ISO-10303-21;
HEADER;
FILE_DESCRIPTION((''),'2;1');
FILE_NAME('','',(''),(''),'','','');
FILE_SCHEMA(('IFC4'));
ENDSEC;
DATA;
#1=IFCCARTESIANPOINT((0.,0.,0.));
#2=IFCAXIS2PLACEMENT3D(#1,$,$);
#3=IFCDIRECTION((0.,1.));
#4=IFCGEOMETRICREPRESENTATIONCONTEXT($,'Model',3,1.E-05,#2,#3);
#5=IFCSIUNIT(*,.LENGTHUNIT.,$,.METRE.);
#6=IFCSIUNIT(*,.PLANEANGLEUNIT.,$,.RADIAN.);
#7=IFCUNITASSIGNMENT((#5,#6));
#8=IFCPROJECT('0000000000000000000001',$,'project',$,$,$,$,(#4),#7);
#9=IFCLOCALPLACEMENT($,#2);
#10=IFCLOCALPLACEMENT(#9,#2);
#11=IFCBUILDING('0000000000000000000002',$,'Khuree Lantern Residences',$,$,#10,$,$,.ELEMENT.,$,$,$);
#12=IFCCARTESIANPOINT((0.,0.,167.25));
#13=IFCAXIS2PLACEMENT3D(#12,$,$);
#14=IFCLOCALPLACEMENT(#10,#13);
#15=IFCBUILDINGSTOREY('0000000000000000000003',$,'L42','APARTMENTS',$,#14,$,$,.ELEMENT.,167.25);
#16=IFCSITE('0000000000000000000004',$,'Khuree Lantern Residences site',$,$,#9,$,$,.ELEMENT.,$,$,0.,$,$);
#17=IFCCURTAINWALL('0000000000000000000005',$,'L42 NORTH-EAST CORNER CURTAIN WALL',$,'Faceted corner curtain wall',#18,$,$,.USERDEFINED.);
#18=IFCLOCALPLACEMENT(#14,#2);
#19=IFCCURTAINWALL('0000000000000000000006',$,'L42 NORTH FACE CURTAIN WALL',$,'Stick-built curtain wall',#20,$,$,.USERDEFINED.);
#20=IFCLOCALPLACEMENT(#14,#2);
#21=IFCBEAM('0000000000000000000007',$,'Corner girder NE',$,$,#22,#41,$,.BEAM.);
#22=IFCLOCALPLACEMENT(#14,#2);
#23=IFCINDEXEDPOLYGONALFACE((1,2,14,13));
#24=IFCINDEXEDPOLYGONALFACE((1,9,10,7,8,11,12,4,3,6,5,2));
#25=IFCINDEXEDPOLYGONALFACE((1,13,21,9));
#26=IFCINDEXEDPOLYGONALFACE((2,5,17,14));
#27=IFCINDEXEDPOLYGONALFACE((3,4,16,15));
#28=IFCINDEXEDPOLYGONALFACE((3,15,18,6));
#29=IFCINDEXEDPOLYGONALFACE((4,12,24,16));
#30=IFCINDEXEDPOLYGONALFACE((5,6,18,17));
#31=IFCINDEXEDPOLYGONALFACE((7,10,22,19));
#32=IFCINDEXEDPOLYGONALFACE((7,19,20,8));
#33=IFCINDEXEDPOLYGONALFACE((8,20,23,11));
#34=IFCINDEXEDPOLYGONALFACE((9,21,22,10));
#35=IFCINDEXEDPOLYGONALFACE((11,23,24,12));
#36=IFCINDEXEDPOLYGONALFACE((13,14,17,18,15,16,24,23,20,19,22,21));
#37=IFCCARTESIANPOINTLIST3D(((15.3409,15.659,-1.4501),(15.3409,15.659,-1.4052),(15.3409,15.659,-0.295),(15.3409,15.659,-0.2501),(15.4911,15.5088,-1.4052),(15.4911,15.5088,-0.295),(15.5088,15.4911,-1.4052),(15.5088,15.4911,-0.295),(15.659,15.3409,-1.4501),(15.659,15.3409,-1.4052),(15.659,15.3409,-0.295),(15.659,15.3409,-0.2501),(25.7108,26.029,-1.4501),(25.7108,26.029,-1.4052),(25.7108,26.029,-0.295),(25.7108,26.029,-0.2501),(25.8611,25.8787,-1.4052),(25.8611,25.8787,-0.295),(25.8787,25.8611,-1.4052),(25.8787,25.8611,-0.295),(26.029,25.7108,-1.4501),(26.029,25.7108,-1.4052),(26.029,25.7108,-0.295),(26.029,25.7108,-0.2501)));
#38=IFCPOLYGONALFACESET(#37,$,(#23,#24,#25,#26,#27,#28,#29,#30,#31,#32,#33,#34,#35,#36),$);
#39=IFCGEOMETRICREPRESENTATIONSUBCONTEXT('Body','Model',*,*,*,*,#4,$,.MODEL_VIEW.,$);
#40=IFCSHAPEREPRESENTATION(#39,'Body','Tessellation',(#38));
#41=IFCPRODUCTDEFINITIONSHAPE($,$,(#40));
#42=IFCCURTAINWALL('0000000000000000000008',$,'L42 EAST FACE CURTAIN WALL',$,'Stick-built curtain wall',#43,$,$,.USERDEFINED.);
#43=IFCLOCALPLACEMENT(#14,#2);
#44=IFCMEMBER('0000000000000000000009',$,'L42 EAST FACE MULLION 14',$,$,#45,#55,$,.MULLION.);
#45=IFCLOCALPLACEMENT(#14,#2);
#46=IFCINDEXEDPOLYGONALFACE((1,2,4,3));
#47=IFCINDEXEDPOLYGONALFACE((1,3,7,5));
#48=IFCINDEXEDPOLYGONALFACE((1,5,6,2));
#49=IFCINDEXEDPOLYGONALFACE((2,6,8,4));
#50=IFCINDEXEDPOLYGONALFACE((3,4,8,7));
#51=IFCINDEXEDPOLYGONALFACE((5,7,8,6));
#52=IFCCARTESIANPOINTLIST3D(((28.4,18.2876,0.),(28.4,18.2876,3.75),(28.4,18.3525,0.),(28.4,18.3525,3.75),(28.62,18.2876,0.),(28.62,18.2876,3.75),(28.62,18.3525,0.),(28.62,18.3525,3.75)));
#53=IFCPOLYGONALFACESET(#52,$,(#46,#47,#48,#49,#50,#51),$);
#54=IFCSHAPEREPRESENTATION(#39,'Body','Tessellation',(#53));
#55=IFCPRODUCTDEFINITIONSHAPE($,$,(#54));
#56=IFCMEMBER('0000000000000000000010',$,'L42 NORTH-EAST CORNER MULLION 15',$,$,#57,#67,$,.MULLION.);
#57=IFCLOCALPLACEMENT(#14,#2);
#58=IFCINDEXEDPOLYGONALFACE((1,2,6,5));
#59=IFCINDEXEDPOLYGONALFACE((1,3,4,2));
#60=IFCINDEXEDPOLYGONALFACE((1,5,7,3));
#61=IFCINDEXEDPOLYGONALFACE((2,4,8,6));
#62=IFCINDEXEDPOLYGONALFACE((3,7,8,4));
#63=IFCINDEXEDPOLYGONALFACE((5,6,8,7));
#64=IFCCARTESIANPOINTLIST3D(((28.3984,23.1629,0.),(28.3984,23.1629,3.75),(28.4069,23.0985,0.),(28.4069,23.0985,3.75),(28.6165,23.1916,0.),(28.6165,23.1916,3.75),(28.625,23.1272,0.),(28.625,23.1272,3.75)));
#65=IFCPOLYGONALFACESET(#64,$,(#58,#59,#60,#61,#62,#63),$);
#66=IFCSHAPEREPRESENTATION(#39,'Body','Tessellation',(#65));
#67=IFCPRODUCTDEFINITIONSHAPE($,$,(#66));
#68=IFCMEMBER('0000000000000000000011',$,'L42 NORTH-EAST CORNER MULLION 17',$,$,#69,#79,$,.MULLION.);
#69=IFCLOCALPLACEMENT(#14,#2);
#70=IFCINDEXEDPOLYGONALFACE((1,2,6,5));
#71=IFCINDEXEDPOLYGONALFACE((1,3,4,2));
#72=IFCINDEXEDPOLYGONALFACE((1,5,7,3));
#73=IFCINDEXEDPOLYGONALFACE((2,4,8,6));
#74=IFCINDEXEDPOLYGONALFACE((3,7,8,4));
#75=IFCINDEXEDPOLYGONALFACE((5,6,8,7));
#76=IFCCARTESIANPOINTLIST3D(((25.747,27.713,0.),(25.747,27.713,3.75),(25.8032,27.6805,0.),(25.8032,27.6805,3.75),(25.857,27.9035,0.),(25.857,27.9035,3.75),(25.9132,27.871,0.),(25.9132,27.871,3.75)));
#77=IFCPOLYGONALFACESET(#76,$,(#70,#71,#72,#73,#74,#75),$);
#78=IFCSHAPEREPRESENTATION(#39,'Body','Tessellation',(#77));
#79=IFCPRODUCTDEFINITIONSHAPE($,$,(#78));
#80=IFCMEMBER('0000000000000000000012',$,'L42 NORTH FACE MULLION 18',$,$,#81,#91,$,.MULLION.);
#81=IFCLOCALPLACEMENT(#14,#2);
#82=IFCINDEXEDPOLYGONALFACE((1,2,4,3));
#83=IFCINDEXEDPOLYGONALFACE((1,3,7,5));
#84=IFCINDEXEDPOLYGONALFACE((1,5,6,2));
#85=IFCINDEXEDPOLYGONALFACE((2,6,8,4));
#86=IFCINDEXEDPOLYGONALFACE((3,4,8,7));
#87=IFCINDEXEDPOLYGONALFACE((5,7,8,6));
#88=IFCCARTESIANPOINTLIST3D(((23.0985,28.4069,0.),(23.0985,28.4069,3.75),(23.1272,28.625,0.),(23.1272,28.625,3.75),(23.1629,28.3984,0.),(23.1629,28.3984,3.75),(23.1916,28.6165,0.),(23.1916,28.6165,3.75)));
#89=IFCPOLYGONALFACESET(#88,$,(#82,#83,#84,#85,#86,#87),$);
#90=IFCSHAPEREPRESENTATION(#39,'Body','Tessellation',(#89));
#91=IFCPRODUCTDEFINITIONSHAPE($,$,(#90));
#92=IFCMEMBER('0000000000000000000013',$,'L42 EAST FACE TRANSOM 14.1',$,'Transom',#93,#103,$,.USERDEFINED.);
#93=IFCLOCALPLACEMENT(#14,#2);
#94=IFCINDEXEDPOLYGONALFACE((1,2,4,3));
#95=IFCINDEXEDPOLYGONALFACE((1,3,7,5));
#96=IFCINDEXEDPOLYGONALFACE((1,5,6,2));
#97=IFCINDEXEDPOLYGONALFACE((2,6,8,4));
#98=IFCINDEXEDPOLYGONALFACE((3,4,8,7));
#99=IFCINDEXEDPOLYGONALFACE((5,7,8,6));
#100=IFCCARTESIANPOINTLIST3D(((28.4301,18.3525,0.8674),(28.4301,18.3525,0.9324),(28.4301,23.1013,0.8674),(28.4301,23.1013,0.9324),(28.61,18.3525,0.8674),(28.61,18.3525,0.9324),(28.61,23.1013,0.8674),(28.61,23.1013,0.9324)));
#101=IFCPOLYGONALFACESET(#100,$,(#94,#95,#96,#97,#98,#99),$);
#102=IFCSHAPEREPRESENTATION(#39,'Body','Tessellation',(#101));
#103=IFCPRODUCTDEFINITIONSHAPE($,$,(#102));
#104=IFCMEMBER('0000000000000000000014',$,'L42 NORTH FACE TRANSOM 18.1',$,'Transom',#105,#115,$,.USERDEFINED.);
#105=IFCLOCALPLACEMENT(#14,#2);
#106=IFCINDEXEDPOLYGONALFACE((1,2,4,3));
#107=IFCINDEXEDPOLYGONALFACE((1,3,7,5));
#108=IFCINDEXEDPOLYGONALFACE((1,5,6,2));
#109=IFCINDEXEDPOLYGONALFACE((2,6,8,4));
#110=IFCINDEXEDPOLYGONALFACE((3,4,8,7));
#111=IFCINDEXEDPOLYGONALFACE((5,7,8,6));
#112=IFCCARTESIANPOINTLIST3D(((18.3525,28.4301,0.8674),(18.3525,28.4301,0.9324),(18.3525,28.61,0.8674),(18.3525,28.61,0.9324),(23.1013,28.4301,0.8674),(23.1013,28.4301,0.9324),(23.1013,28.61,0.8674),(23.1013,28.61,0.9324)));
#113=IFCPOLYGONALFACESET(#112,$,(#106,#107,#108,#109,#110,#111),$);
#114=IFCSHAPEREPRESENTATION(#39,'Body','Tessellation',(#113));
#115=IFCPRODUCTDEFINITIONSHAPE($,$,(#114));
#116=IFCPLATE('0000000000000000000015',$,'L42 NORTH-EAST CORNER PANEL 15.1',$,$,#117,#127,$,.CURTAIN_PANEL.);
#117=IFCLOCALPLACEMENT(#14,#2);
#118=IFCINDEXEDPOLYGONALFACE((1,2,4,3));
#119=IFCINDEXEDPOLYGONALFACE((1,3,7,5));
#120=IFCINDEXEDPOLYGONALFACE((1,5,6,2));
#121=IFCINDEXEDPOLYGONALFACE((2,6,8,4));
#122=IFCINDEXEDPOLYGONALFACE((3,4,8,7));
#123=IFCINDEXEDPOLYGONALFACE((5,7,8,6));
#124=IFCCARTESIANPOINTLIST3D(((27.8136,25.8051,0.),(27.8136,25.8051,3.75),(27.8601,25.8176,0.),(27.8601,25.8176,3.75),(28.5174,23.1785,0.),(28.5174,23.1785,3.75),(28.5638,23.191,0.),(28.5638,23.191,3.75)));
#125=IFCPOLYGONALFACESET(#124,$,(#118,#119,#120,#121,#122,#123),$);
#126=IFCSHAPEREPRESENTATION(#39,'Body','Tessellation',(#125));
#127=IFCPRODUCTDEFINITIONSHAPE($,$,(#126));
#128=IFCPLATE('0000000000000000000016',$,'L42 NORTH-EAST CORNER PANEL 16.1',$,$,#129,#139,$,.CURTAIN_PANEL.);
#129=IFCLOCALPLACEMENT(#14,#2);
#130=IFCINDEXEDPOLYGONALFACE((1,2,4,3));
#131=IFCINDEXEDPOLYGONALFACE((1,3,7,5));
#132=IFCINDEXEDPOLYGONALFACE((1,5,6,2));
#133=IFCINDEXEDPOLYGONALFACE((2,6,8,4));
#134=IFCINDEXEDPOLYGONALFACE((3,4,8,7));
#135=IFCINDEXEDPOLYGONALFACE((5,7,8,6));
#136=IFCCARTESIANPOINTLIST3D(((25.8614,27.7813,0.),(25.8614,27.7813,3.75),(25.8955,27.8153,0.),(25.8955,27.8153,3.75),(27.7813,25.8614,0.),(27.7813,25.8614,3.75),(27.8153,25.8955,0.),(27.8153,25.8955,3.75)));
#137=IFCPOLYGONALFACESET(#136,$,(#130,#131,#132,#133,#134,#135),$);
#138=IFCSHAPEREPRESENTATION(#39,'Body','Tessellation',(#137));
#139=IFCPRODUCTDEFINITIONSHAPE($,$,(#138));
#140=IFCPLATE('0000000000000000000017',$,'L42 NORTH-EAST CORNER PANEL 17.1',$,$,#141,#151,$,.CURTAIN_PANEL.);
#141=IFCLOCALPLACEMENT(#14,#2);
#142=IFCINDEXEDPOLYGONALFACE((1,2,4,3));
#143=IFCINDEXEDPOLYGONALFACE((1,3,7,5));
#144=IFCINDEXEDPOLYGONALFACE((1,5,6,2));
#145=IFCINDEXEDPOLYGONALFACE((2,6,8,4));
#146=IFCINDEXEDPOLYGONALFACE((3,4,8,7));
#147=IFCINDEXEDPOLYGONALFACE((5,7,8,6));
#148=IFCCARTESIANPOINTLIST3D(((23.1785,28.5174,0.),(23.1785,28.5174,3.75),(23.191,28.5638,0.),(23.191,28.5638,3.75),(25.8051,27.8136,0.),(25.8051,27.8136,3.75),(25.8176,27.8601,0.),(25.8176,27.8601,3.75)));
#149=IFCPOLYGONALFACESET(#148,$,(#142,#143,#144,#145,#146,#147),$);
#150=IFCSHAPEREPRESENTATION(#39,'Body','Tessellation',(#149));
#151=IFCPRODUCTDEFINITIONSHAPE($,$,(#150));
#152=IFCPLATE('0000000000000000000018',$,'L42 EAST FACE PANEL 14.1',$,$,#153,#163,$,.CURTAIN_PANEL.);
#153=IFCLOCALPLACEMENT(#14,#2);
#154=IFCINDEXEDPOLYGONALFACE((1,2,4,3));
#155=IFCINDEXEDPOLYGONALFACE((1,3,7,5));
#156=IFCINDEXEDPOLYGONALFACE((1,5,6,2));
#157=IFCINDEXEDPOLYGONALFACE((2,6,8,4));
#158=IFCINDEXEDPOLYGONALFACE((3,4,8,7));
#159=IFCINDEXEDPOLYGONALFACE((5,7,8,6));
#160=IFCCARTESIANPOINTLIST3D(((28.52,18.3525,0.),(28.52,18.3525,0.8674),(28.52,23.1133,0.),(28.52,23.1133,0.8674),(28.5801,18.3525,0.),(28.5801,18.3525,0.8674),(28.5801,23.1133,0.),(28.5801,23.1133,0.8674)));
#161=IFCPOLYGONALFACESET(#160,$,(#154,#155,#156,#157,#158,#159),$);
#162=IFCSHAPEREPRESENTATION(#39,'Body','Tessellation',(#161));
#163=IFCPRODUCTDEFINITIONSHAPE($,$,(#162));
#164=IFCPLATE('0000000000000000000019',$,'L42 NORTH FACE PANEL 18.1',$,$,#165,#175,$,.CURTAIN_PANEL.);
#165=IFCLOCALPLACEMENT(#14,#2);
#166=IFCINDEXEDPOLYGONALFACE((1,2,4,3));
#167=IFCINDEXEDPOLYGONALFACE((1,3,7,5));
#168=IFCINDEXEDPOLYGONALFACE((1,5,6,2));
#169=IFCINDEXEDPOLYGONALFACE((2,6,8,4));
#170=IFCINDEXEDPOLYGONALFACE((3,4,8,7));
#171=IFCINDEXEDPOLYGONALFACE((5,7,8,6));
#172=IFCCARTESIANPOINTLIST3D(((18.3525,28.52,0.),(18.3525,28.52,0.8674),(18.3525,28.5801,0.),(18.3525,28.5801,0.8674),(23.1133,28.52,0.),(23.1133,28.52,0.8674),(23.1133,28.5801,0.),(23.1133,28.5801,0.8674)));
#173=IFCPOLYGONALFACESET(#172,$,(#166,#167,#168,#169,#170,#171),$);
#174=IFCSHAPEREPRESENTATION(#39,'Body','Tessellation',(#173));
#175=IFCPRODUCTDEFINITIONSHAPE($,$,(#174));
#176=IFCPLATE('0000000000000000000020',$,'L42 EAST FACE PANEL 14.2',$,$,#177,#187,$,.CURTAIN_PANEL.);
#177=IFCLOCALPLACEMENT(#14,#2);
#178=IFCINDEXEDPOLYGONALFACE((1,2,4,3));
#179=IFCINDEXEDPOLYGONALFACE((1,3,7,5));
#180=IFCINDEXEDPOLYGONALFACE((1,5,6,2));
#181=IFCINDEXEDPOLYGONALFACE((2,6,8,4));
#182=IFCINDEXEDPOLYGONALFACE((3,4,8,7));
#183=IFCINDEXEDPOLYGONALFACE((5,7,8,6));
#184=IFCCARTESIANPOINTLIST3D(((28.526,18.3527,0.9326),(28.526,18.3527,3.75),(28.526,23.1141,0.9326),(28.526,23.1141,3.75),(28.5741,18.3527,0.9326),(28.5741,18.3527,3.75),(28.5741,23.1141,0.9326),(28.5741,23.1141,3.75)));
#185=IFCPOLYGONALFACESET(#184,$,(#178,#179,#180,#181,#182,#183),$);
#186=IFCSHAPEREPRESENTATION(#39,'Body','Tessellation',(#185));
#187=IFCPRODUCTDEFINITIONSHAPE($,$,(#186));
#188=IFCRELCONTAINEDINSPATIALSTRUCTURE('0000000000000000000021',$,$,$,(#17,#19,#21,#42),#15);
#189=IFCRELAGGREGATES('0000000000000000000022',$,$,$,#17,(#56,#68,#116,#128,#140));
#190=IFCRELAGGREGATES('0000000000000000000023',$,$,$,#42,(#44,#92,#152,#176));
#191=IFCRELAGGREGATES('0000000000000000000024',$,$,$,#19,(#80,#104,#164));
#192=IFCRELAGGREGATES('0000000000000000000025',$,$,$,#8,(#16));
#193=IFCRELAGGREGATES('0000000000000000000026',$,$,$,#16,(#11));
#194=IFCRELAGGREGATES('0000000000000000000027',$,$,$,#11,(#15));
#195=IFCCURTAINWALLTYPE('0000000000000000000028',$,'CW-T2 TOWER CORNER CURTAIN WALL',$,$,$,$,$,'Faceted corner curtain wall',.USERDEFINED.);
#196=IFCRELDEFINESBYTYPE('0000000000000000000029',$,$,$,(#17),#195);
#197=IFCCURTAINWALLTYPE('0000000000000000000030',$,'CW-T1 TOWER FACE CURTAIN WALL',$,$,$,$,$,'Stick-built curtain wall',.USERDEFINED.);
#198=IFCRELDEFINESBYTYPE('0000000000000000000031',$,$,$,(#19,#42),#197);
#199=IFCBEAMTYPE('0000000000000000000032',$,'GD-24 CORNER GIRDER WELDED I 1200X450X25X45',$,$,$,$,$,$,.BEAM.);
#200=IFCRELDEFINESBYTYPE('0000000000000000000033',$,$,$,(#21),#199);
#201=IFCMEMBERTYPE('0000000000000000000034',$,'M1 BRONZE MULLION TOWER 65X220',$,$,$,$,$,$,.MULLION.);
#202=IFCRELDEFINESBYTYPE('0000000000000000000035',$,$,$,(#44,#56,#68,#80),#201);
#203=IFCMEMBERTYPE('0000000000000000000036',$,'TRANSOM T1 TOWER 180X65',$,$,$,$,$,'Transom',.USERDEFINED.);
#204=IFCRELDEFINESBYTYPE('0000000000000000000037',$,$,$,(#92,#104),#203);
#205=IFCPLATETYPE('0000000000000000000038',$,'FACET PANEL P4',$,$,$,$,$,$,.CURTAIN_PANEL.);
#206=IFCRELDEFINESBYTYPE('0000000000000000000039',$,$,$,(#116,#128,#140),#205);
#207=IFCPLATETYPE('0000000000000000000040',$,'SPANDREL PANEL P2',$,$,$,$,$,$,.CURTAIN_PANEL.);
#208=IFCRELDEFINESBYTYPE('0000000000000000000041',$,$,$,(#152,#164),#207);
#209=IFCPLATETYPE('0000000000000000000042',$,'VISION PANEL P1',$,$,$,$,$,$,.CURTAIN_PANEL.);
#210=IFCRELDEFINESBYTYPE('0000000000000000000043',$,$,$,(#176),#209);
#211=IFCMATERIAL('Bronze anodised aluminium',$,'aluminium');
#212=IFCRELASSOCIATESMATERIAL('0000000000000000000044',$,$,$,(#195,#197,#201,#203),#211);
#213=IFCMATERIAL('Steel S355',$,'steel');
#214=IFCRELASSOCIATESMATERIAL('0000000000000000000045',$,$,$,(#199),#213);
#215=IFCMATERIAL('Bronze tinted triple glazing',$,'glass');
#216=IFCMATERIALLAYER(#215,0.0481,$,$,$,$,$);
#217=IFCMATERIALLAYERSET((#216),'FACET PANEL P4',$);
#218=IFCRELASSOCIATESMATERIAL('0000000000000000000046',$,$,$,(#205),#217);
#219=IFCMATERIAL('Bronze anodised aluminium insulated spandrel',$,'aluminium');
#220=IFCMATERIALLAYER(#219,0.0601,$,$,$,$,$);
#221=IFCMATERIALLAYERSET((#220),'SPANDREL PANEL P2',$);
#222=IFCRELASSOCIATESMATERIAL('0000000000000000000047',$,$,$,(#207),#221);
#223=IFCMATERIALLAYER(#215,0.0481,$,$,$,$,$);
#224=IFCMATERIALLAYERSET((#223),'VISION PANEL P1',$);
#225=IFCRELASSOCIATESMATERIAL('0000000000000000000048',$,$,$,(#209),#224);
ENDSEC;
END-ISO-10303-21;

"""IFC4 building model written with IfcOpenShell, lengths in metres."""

from ifc_helpers import new_model, si_unit, direction, frame, origin, origin_2d, place, context, subcontext, project, spatial, rectangle, i_section, extrude, material, layer, layer_set, material_profile, profile_set, type_object, element, aggregate, save


model = new_model("IFC4")

# Units and contexts
model_context = context("Model", 3, precision=1e-05, world=origin(), true_north=direction((0.0, 1.0)))
body_context = subcontext(model_context, "Body", "Model", "MODEL_VIEW")
ifc_project = project(units=[si_unit("LENGTHUNIT", "METRE"), si_unit("PLANEANGLEUNIT", "RADIAN")], contexts=[model_context])

# Site, building, storey
site_placement = place(None, origin())
site = spatial("IfcSite", under=ifc_project, at=site_placement, Name="Khuree Lantern Residences site", CompositionType="ELEMENT", RefElevation=0.0)
building_placement = place(site_placement, origin())
building = spatial("IfcBuilding", under=site, at=building_placement, Name="Khuree Lantern Residences", CompositionType="ELEMENT")
storey_placement = place(building_placement, frame((0.0, 0.0, 167.25)))
storey = spatial("IfcBuildingStorey", under=building, at=storey_placement, Name="L42", Description="APARTMENTS", CompositionType="ELEMENT", Elevation=167.25)

# Shared definitions
ifc_material_1 = material(Name="Steel S355", Category="steel")

# Curtain walls
ifc_material_2 = material(Name="Bronze anodised aluminium", Category="aluminium")
curtain_wall_type_1 = type_object("IfcCurtainWallType", Name="CW-T2 TOWER CORNER CURTAIN WALL", ElementType="Faceted corner curtain wall", PredefinedType="USERDEFINED", material=ifc_material_2)
curtain_wall_1_placement = place(storey_placement, origin())
curtain_wall_1 = element("IfcCurtainWall", 1, at=curtain_wall_1_placement, inside=storey, type_object=curtain_wall_type_1, Name="L42 NORTH-EAST CORNER CURTAIN WALL", ObjectType="Faceted corner curtain wall", PredefinedType="USERDEFINED")
curtain_wall_type_2 = type_object("IfcCurtainWallType", Name="CW-T1 TOWER FACE CURTAIN WALL", ElementType="Stick-built curtain wall", PredefinedType="USERDEFINED", material=ifc_material_2)
curtain_wall_2_placement = place(storey_placement, origin())
curtain_wall_2 = element("IfcCurtainWall", 2, at=curtain_wall_2_placement, inside=storey, type_object=curtain_wall_type_2, Name="L42 NORTH FACE CURTAIN WALL", ObjectType="Stick-built curtain wall", PredefinedType="USERDEFINED")

# Beam
ifc_material_profile_1 = material_profile(ifc_material_1, i_section(OverallWidth=0.45, OverallDepth=1.2, WebThickness=0.0249, FlangeThickness=0.0449, at=origin_2d()), Name="WELDED I 1200X450X25X45")
ifc_profile_set_1 = profile_set([ifc_material_profile_1], Name="Steel S355")
beam_type_1 = type_object("IfcBeamType", Name="GD-24 CORNER GIRDER WELDED I 1200X450X25X45", PredefinedType="BEAM", material=ifc_profile_set_1)
beam_1_placement = place(storey_placement, frame((25.8699, 25.8699, -0.8501), z_axis=(-0.707107, -0.707107, 0.0), x_axis=(0.707107, -0.707107, 0.0)))
element("IfcBeam", 3, at=beam_1_placement, inside=storey, type_object=beam_type_1, Name="Corner girder NE", PredefinedType="BEAM", context=body_context, shape_type="SweptSolid", body=[
    extrude(i_section(OverallWidth=0.45, OverallDepth=1.2, WebThickness=0.0249, FlangeThickness=0.0449, at=origin_2d()), origin(), (0.0, 0.0, 1.0), 14.6653),
])

# Curtain wall, member
curtain_wall_3_placement = place(storey_placement, origin())
curtain_wall_3 = element("IfcCurtainWall", 4, at=curtain_wall_3_placement, inside=storey, type_object=curtain_wall_type_2, Name="L42 EAST FACE CURTAIN WALL", ObjectType="Stick-built curtain wall", PredefinedType="USERDEFINED")
ifc_material_profile_2 = material_profile(ifc_material_2, rectangle(XDim=0.0649, YDim=0.22, at=origin_2d()), Name="M1 65X220")
ifc_profile_set_2 = profile_set([ifc_material_profile_2], Name="Bronze anodised aluminium")
member_type_1 = type_object("IfcMemberType", Name="M1 BRONZE MULLION TOWER 65X220", PredefinedType="MULLION", material=ifc_profile_set_2)
member_1_placement = place(storey_placement, frame((28.51, 18.3201, 0.0), z_axis=(0.0, 0.0, 1.0), x_axis=(0.0, 1.0, 0.0)))
member_1 = element("IfcMember", 5, at=member_1_placement, type_object=member_type_1, Name="L42 EAST FACE MULLION 14", PredefinedType="MULLION", context=body_context, shape_type="SweptSolid", body=[
    extrude(rectangle(XDim=0.0649, YDim=0.22, at=origin_2d()), origin(), (0.0, 0.0, 1.0), 3.75),
])

# Members
member_2_placement = place(storey_placement, frame((28.5117, 23.145, 0.0), z_axis=(0.0, 0.0, 1.0), x_axis=(-0.130526, 0.991445, 0.0)))
member_2 = element("IfcMember", 6, at=member_2_placement, type_object=member_type_1, Name="L42 NORTH-EAST CORNER MULLION 15", PredefinedType="MULLION", context=body_context, shape_type="SweptSolid", body=[
    extrude(rectangle(XDim=0.0649, YDim=0.22, at=origin_2d()), origin(), (0.0, 0.0, 1.0), 3.75),
])
member_3_placement = place(storey_placement, frame((25.8301, 27.792, 0.0), z_axis=(0.0, 0.0, 1.0), x_axis=(-0.866025, 0.5, 0.0)))
member_3 = element("IfcMember", 7, at=member_3_placement, type_object=member_type_1, Name="L42 NORTH-EAST CORNER MULLION 17", PredefinedType="MULLION", context=body_context, shape_type="SweptSolid", body=[
    extrude(rectangle(XDim=0.0649, YDim=0.22, at=origin_2d()), origin(), (0.0, 0.0, 1.0), 3.75),
])
member_4_placement = place(storey_placement, frame((23.145, 28.5117, 0.0), z_axis=(0.0, 0.0, 1.0), x_axis=(-0.991445, 0.130526, 0.0)))
member_4 = element("IfcMember", 8, at=member_4_placement, type_object=member_type_1, Name="L42 NORTH FACE MULLION 18", PredefinedType="MULLION", context=body_context, shape_type="SweptSolid", body=[
    extrude(rectangle(XDim=0.0649, YDim=0.22, at=origin_2d()), origin(), (0.0, 0.0, 1.0), 3.75),
])
ifc_material_profile_3 = material_profile(ifc_material_2, rectangle(XDim=0.1799, YDim=0.0649, at=origin_2d()), Name="T1 180X65")
ifc_profile_set_3 = profile_set([ifc_material_profile_3], Name="Bronze anodised aluminium")
member_type_2 = type_object("IfcMemberType", Name="TRANSOM T1 TOWER 180X65", ElementType="Transom", PredefinedType="USERDEFINED", material=ifc_profile_set_3)
member_5_placement = place(storey_placement, frame((28.52, 18.3525, 0.8999), z_axis=(0.0, 1.0, 0.0), x_axis=(-1.0, 0.0, 0.0)))
member_5 = element("IfcMember", 9, at=member_5_placement, type_object=member_type_2, Name="L42 EAST FACE TRANSOM 14.1", ObjectType="Transom", PredefinedType="USERDEFINED", context=body_context, shape_type="SweptSolid", body=[
    extrude(rectangle(XDim=0.1799, YDim=0.0649, at=origin_2d()), origin(), (0.0, 0.0, 1.0), 4.7488),
])
member_6_placement = place(storey_placement, frame((23.1013, 28.52, 0.8999), z_axis=(-1.0, 0.0, 0.0), x_axis=(0.0, -1.0, 0.0)))
member_6 = element("IfcMember", 10, at=member_6_placement, type_object=member_type_2, Name="L42 NORTH FACE TRANSOM 18.1", ObjectType="Transom", PredefinedType="USERDEFINED", context=body_context, shape_type="SweptSolid", body=[
    extrude(rectangle(XDim=0.1799, YDim=0.0649, at=origin_2d()), origin(), (0.0, 0.0, 1.0), 4.7488),
])

# Plates
ifc_material_3 = material(Name="Bronze tinted triple glazing", Category="glass")
ifc_layer_1 = layer(ifc_material_3, 0.0481)
ifc_layer_set_1 = layer_set([ifc_layer_1], Name="FACET PANEL P4")
plate_type_1 = type_object("IfcPlateType", Name="FACET PANEL P4", PredefinedType="CURTAIN_PANEL", material=ifc_layer_set_1)
plate_1_placement = place(storey_placement, frame((28.1887, 24.498, 0.0), z_axis=(0.0, 0.0, 1.0), x_axis=(-0.258819, 0.965926, 0.0)))
plate_1 = element("IfcPlate", 11, at=plate_1_placement, type_object=plate_type_1, Name="L42 NORTH-EAST CORNER PANEL 15.1", PredefinedType="CURTAIN_PANEL", context=body_context, shape_type="SweptSolid", body=[
    extrude(rectangle(XDim=2.7192, YDim=0.0481, at=origin_2d()), origin(), (0.0, 0.0, 1.0), 3.75),
])
plate_2_placement = place(storey_placement, frame((26.8384, 26.8384, 0.0), z_axis=(0.0, 0.0, 1.0), x_axis=(-0.707107, 0.707107, 0.0)))
plate_2 = element("IfcPlate", 12, at=plate_2_placement, type_object=plate_type_1, Name="L42 NORTH-EAST CORNER PANEL 16.1", PredefinedType="CURTAIN_PANEL", context=body_context, shape_type="SweptSolid", body=[
    extrude(rectangle(XDim=2.7151, YDim=0.0481, at=origin_2d()), origin(), (0.0, 0.0, 1.0), 3.75),
])
plate_3_placement = place(storey_placement, frame((24.498, 28.1887, 0.0), z_axis=(0.0, 0.0, 1.0), x_axis=(-0.965926, 0.258819, 0.0)))
plate_3 = element("IfcPlate", 13, at=plate_3_placement, type_object=plate_type_1, Name="L42 NORTH-EAST CORNER PANEL 17.1", PredefinedType="CURTAIN_PANEL", context=body_context, shape_type="SweptSolid", body=[
    extrude(rectangle(XDim=2.7192, YDim=0.0481, at=origin_2d()), origin(), (0.0, 0.0, 1.0), 3.75),
])
aggregate(curtain_wall_1, [member_2, member_3, plate_1, plate_2, plate_3])
ifc_material_4 = material(Name="Bronze anodised aluminium insulated spandrel", Category="aluminium")
ifc_layer_2 = layer(ifc_material_4, 0.0601)
ifc_layer_set_2 = layer_set([ifc_layer_2], Name="SPANDREL PANEL P2")
plate_type_2 = type_object("IfcPlateType", Name="SPANDREL PANEL P2", PredefinedType="CURTAIN_PANEL", material=ifc_layer_set_2)
plate_4_placement = place(storey_placement, frame((28.55, 20.7329, 0.0), z_axis=(0.0, 0.0, 1.0), x_axis=(0.0, 1.0, 0.0)))
plate_4 = element("IfcPlate", 14, at=plate_4_placement, type_object=plate_type_2, Name="L42 EAST FACE PANEL 14.1", PredefinedType="CURTAIN_PANEL", context=body_context, shape_type="SweptSolid", body=[
    extrude(rectangle(XDim=4.7607, YDim=0.0601, at=origin_2d()), origin(), (0.0, 0.0, 1.0), 0.8674),
])
plate_5_placement = place(storey_placement, frame((20.7329, 28.55, 0.0), z_axis=(0.0, 0.0, 1.0), x_axis=(-1.0, 0.0, 0.0)))
plate_5 = element("IfcPlate", 15, at=plate_5_placement, type_object=plate_type_2, Name="L42 NORTH FACE PANEL 18.1", PredefinedType="CURTAIN_PANEL", context=body_context, shape_type="SweptSolid", body=[
    extrude(rectangle(XDim=4.7607, YDim=0.0601, at=origin_2d()), origin(), (0.0, 0.0, 1.0), 0.8674),
])
ifc_layer_3 = layer(ifc_material_3, 0.0481)
ifc_layer_set_3 = layer_set([ifc_layer_3], Name="VISION PANEL P1")
plate_type_3 = type_object("IfcPlateType", Name="VISION PANEL P1", PredefinedType="CURTAIN_PANEL", material=ifc_layer_set_3)
plate_6_placement = place(storey_placement, frame((28.55, 20.7334, 0.9326), z_axis=(0.0, 0.0, 1.0), x_axis=(0.0, 1.0, 0.0)))
plate_6 = element("IfcPlate", 16, at=plate_6_placement, type_object=plate_type_3, Name="L42 EAST FACE PANEL 14.2", PredefinedType="CURTAIN_PANEL", context=body_context, shape_type="SweptSolid", body=[
    extrude(rectangle(XDim=4.7615, YDim=0.0481, at=origin_2d()), origin(), (0.0, 0.0, 1.0), 2.8174),
])
aggregate(curtain_wall_3, [member_1, member_5, plate_4, plate_6])
aggregate(curtain_wall_2, [member_4, member_6, plate_5])

save(model, "model.ifc")
